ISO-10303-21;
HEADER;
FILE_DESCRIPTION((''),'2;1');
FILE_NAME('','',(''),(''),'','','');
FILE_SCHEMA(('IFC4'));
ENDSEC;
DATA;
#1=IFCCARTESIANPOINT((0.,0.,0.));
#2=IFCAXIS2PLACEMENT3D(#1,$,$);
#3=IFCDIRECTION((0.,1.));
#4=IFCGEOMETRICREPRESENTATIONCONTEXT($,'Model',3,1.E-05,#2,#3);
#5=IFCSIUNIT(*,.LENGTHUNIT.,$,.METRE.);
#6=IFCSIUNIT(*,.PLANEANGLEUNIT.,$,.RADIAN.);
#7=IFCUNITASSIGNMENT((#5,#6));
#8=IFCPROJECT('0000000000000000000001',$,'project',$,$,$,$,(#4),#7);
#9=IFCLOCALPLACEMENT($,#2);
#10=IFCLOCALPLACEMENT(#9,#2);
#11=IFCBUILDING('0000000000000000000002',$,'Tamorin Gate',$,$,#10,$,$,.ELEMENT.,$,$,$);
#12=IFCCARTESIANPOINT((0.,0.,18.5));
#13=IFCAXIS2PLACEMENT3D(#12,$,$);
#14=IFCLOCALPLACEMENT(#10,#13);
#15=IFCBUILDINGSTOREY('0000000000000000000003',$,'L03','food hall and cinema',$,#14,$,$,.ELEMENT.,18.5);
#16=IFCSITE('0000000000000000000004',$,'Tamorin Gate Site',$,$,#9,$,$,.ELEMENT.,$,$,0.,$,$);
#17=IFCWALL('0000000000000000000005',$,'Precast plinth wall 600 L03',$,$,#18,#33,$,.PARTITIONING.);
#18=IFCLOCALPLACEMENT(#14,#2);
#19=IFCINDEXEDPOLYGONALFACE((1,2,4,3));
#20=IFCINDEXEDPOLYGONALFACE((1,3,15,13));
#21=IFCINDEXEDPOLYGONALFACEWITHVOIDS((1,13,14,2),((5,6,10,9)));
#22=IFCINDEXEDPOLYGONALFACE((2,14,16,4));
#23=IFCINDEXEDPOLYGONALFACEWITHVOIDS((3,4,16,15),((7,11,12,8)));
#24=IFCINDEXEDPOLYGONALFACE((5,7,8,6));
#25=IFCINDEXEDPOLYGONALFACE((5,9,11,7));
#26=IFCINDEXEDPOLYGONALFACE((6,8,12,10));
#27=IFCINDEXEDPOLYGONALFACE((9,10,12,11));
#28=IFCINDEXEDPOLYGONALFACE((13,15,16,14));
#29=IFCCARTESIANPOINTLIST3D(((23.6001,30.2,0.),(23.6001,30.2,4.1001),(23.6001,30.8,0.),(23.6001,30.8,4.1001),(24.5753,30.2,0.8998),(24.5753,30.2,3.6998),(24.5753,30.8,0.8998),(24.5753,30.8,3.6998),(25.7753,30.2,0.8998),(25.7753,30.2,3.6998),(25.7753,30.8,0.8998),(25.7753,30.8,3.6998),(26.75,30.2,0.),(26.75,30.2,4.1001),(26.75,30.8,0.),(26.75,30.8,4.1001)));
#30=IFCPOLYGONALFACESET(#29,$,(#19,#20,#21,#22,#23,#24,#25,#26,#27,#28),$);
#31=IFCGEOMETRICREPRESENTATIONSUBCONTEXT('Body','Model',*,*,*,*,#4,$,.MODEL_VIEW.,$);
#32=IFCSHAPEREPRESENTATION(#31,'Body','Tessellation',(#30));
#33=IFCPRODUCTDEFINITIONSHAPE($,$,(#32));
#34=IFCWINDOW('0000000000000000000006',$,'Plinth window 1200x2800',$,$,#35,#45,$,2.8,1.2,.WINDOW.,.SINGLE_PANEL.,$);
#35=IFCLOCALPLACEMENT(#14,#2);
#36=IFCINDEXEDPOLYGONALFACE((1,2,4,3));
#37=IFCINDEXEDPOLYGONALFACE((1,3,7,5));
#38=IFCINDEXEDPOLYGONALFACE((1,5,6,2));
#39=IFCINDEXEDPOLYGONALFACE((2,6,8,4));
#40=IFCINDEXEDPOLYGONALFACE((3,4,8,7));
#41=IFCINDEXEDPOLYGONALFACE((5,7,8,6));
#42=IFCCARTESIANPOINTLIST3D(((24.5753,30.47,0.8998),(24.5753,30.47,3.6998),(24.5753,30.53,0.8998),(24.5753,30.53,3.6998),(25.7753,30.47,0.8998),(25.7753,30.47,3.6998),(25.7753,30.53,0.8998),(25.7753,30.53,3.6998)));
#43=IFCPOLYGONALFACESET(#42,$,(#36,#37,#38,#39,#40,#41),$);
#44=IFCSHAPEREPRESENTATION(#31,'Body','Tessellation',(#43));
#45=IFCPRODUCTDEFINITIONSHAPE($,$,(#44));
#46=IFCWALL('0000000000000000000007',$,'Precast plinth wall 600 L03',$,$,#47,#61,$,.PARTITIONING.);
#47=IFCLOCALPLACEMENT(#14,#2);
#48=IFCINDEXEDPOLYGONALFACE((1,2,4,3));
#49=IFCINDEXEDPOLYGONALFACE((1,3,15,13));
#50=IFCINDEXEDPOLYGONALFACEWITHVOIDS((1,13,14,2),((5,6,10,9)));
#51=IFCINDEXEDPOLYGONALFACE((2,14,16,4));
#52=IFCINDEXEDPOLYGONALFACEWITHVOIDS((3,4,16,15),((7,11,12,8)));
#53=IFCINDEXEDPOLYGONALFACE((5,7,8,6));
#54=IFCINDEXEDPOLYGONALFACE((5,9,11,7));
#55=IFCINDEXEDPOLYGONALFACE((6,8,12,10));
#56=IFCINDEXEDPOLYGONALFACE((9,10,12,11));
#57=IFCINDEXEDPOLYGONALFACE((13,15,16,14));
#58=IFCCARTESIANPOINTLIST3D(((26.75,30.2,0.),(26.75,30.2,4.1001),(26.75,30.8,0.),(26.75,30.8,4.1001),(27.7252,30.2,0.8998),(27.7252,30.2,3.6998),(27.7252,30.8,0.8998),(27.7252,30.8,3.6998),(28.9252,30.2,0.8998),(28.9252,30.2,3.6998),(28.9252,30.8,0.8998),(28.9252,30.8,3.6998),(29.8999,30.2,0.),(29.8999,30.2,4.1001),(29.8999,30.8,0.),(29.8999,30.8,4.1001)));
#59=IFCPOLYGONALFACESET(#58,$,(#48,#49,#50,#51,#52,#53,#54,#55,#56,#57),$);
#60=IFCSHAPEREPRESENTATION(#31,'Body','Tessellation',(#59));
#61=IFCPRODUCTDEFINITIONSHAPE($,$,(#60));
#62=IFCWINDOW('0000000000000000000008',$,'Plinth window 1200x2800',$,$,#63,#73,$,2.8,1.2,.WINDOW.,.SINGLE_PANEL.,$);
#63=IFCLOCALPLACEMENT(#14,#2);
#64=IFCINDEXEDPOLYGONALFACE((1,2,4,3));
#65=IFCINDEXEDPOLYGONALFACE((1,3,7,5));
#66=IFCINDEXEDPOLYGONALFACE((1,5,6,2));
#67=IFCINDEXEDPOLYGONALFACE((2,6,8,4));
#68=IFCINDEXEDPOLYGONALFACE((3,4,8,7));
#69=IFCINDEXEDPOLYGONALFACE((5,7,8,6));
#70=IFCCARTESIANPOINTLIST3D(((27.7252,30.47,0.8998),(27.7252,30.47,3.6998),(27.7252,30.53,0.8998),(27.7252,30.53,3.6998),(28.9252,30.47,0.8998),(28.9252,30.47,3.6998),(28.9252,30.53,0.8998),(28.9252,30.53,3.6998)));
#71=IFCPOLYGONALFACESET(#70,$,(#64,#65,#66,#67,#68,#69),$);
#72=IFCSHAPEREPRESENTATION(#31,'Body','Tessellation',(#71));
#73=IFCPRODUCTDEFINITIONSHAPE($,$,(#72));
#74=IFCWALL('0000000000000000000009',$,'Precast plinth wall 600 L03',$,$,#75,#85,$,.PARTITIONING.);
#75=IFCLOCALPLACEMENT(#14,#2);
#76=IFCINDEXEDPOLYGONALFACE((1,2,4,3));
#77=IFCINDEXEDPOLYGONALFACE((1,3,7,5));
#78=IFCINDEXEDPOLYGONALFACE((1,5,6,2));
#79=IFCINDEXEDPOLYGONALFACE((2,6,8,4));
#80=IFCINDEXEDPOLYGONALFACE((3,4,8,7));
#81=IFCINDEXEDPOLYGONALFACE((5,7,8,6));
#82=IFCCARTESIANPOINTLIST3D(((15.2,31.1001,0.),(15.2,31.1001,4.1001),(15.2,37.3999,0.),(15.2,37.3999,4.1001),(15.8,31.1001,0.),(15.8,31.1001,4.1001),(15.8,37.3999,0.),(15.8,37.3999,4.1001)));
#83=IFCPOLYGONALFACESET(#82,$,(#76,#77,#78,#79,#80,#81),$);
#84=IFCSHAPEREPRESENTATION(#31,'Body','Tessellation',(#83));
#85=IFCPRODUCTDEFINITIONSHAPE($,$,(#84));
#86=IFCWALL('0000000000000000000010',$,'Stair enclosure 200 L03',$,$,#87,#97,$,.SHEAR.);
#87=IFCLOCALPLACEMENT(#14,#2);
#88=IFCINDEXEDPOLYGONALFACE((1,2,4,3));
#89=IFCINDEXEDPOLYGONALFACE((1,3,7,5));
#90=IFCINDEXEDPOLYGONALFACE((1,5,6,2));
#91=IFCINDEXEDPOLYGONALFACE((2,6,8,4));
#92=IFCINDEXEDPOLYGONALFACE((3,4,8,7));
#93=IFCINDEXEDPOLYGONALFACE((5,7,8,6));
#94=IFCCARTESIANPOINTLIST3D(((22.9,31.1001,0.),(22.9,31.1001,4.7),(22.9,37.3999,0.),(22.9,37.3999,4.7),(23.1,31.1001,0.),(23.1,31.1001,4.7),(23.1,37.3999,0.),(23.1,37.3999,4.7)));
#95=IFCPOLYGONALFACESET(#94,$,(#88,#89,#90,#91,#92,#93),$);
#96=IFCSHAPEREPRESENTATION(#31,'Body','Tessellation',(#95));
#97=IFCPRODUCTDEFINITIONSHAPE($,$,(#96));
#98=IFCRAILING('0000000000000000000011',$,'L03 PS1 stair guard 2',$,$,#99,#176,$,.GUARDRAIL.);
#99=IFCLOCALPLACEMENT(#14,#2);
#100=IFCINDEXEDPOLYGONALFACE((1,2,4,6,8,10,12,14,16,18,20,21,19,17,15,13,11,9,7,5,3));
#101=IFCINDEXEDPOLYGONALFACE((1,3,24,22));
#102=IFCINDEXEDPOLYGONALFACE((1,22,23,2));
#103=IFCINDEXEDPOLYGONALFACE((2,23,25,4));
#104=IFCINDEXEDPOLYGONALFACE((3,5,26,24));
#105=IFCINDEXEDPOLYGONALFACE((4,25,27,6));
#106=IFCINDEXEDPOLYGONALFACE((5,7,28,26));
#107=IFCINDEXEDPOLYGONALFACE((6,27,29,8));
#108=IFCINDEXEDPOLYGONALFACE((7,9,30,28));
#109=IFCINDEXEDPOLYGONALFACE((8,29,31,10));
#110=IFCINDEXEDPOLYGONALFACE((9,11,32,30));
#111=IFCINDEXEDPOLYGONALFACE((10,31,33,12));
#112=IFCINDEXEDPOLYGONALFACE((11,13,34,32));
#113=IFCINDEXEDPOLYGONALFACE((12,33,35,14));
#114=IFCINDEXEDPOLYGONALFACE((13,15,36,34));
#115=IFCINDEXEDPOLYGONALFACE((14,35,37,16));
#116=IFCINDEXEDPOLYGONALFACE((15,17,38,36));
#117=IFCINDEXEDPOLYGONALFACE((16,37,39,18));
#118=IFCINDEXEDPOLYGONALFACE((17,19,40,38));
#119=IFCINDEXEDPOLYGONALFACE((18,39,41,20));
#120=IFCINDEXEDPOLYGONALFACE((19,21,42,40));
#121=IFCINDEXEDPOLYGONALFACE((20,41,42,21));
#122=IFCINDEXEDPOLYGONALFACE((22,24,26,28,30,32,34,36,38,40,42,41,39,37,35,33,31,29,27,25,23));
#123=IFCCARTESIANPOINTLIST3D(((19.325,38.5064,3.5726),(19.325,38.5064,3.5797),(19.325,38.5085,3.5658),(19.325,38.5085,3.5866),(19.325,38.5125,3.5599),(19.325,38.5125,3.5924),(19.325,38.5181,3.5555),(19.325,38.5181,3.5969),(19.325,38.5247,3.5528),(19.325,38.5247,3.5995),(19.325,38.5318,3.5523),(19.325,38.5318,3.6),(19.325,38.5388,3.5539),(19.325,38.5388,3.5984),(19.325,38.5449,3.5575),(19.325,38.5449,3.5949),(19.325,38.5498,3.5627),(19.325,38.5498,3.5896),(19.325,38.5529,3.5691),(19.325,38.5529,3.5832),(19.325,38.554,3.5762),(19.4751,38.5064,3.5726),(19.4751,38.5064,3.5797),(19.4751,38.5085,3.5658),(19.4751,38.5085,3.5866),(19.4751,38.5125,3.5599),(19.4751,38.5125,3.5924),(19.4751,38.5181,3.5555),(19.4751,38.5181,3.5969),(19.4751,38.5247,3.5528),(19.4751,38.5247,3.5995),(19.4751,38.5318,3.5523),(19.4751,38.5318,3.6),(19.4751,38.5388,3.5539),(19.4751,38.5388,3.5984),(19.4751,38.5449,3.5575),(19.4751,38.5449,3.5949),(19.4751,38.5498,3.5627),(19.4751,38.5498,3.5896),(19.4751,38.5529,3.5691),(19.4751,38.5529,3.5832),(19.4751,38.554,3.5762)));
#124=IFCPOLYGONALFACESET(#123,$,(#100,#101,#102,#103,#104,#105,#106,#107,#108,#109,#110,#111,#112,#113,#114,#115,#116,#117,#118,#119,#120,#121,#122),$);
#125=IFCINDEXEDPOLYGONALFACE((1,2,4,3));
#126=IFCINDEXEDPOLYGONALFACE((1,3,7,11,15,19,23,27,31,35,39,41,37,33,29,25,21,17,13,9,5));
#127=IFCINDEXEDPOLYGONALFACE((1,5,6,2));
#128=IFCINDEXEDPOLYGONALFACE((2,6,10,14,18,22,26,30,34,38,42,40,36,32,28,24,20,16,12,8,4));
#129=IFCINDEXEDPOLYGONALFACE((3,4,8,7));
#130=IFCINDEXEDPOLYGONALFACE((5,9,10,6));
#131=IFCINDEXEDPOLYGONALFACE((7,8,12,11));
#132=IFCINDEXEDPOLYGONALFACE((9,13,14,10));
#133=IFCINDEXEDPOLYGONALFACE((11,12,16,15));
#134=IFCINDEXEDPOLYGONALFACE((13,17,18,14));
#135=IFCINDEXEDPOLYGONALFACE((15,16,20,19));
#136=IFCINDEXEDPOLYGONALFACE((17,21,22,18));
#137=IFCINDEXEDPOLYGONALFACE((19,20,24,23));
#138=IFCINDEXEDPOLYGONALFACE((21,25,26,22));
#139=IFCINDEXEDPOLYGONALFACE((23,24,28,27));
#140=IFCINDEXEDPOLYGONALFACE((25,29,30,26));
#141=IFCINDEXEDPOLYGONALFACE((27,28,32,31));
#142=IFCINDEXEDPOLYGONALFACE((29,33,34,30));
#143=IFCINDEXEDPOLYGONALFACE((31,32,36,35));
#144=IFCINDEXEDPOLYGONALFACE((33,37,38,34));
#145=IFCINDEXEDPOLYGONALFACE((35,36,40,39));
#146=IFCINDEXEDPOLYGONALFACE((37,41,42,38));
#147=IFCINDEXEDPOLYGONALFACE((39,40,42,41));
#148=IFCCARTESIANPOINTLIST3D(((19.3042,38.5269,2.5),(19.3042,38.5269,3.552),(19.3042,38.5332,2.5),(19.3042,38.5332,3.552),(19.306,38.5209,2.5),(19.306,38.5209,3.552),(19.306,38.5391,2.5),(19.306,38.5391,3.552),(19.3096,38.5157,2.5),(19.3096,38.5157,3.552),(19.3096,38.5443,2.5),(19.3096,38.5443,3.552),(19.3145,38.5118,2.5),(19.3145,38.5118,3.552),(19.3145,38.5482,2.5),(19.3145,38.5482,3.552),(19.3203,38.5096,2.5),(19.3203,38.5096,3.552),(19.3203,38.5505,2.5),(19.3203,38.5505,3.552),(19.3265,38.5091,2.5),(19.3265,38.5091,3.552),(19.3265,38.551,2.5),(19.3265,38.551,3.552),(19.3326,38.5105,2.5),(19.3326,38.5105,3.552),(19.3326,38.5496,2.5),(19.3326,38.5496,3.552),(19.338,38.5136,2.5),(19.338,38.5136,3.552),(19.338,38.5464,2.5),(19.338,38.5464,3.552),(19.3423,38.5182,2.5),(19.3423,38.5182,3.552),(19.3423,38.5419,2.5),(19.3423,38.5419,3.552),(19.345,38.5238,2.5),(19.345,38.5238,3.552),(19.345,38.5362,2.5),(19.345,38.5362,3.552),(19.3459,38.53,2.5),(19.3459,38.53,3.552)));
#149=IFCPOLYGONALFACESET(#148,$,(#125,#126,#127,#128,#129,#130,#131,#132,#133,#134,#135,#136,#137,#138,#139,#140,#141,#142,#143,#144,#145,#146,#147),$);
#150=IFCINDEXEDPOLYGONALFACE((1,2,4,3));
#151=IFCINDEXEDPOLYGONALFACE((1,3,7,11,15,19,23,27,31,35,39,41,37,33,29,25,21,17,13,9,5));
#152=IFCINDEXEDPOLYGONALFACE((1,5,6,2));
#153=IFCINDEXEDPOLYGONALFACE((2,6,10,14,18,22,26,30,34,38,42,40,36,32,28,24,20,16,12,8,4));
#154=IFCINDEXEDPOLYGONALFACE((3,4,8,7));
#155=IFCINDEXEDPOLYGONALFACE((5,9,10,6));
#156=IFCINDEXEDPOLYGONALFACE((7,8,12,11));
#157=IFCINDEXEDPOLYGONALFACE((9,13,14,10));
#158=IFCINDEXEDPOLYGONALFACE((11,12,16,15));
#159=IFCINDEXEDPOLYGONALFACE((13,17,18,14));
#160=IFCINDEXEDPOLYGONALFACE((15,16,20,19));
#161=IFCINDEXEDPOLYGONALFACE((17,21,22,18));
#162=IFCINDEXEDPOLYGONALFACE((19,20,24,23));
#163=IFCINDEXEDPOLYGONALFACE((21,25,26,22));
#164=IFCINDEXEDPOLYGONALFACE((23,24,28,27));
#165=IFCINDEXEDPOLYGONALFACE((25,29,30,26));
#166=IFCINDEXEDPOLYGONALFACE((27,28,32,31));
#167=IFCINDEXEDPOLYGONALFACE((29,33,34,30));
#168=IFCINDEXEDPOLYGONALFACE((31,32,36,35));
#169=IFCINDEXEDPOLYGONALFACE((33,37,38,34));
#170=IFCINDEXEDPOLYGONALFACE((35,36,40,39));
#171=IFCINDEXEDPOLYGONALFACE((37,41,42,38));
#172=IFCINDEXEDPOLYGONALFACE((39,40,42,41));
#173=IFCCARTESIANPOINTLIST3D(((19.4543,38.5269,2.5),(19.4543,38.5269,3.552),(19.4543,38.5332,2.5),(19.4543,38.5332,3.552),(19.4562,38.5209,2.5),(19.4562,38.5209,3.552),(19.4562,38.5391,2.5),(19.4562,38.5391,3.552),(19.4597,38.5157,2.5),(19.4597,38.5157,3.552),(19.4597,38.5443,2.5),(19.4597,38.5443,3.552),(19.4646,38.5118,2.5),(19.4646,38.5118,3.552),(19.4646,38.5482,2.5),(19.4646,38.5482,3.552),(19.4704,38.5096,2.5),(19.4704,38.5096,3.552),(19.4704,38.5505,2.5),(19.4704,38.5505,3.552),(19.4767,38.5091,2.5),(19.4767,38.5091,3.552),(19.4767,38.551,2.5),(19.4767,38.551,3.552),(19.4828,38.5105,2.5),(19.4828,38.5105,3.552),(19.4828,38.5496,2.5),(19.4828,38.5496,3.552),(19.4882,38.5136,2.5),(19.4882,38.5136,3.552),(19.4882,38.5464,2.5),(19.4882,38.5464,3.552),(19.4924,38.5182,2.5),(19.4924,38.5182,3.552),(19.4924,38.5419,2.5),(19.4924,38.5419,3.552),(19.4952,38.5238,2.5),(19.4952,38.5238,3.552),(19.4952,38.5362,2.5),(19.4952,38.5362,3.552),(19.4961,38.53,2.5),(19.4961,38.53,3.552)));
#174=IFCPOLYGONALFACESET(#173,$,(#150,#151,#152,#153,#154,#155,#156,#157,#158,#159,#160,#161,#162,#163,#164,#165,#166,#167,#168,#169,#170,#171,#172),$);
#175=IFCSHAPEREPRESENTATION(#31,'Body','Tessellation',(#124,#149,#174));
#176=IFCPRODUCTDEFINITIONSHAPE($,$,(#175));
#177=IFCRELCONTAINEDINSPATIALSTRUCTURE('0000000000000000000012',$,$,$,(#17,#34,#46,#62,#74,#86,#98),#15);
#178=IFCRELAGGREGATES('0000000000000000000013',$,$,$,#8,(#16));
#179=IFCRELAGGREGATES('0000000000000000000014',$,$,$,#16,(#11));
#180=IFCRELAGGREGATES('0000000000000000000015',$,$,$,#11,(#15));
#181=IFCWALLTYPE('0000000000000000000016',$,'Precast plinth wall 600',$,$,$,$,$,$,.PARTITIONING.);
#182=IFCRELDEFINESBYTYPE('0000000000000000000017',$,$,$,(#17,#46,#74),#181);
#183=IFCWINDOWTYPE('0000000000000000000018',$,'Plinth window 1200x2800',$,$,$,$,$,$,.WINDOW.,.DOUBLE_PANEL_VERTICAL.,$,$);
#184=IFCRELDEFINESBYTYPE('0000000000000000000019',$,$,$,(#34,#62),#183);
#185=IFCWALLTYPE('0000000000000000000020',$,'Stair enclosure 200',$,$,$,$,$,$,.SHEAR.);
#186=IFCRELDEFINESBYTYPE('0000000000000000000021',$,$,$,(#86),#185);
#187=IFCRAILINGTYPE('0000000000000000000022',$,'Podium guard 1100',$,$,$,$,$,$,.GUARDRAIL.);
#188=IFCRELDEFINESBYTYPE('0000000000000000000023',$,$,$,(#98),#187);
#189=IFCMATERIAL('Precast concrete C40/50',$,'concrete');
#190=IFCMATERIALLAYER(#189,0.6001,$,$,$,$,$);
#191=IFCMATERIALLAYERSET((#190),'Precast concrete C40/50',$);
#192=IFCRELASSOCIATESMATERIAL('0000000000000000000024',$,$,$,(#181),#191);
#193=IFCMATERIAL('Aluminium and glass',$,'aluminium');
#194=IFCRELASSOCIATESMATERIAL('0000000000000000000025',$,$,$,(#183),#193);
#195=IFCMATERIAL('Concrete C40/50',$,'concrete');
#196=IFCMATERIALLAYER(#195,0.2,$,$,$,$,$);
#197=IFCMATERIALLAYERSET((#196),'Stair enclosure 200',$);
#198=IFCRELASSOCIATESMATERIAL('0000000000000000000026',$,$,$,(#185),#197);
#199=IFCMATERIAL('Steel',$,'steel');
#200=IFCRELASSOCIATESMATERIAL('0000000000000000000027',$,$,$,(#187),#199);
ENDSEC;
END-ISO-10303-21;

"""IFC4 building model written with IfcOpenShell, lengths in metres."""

from ifc_helpers import new_model, si_unit, direction, frame, frame_2d, origin, origin_2d, place, context, subcontext, project, spatial, rectangle, circle, extrude, material, layer, layer_set, type_object, element, fill, save


model = new_model("IFC4")

# Units and contexts
model_context = context("Model", 3, precision=1e-05, world=origin(), true_north=direction((0.0, 1.0)))
body_context = subcontext(model_context, "Body", "Model", "MODEL_VIEW")
ifc_project = project(units=[si_unit("LENGTHUNIT", "METRE"), si_unit("PLANEANGLEUNIT", "RADIAN")], contexts=[model_context])

# Site, building, storey
site_placement = place(None, origin())
site = spatial("IfcSite", under=ifc_project, at=site_placement, Name="Tamorin Gate Site", CompositionType="ELEMENT", RefElevation=0.0)
building_placement = place(site_placement, origin())
building = spatial("IfcBuilding", under=site, at=building_placement, Name="Tamorin Gate", CompositionType="ELEMENT")
storey_placement = place(building_placement, frame((0.0, 0.0, 18.5)))
storey = spatial("IfcBuildingStorey", under=building, at=storey_placement, Name="L03", Description="food hall and cinema", CompositionType="ELEMENT", Elevation=18.5)

# Shared definitions
ifc_material_1 = material(Name="Concrete C40/50", Category="concrete")

# Shared definitions
ifc_material_2 = material(Name="Precast concrete C40/50", Category="concrete")
ifc_layer_1 = layer(ifc_material_2, 0.6001)
ifc_layer_set_1 = layer_set([ifc_layer_1], Name="Precast concrete C40/50")
wall_type_1 = type_object("IfcWallType", Name="Precast plinth wall 600", PredefinedType="PARTITIONING", material=ifc_layer_set_1)

# Walls, openings, windows
wall_1_placement = place(storey_placement, frame((23.6001, 30.5, 0.0), z_axis=(0.0, 0.0, 1.0), x_axis=(1.0, 0.0, 0.0)))
wall_1 = element("IfcWall", 1, at=wall_1_placement, inside=storey, type_object=wall_type_1, Name="Precast plinth wall 600 L03", PredefinedType="PARTITIONING", context=body_context, shape_type="SweptSolid", body=[
    extrude(rectangle(XDim=3.1499, YDim=0.6001, at=frame_2d((1.575, 0.0))), origin(), (0.0, 0.0, 1.0), 4.1001),
])
opening_1_placement = place(wall_1_placement, frame((0.9751, 0.0, 0.8999)))
opening_1 = element("IfcOpeningElement", 2, at=opening_1_placement, cuts=wall_1, PredefinedType="OPENING", context=body_context, shape_type="SweptSolid", body=[
    extrude(rectangle(XDim=1.2, YDim=2.8, at=frame_2d((0.6001, 1.3999))), frame((0.0, 0.3101, 0.0), z_axis=(0.0, -1.0, 0.0), x_axis=(1.0, 0.0, 0.0)), (0.0, 0.0, 1.0), 0.6201),
])
ifc_material_3 = material(Name="Aluminium and glass", Category="aluminium")
window_type = type_object("IfcWindowType", Name="Plinth window 1200x2800", PartitioningType="DOUBLE_PANEL_VERTICAL", PredefinedType="WINDOW", material=ifc_material_3)
window_1_placement = place(opening_1_placement, origin())
window_1 = element("IfcWindow", 3, at=window_1_placement, inside=storey, type_object=window_type, Name="Plinth window 1200x2800", OverallHeight=2.8, OverallWidth=1.2, PartitioningType="SINGLE_PANEL", PredefinedType="WINDOW", context=body_context, shape_type="SweptSolid", body=[
    extrude(rectangle(XDim=1.2, YDim=2.8, at=frame_2d((0.6001, 1.3999))), frame((0.0, 0.03, 0.0), z_axis=(0.0, -1.0, 0.0), x_axis=(1.0, 0.0, 0.0)), (0.0, 0.0, 1.0), 0.0601),
])
fill(opening_1, window_1)
wall_2_placement = place(storey_placement, frame((26.75, 30.5, 0.0), z_axis=(0.0, 0.0, 1.0), x_axis=(1.0, 0.0, 0.0)))
wall_2 = element("IfcWall", 4, at=wall_2_placement, inside=storey, type_object=wall_type_1, Name="Precast plinth wall 600 L03", PredefinedType="PARTITIONING", context=body_context, shape_type="SweptSolid", body=[
    extrude(rectangle(XDim=3.1499, YDim=0.6001, at=frame_2d((1.575, 0.0))), origin(), (0.0, 0.0, 1.0), 4.1001),
])
opening_2_placement = place(wall_2_placement, frame((0.9751, 0.0, 0.8999)))
opening_2 = element("IfcOpeningElement", 5, at=opening_2_placement, cuts=wall_2, PredefinedType="OPENING", context=body_context, shape_type="SweptSolid", body=[
    extrude(rectangle(XDim=1.2, YDim=2.8, at=frame_2d((0.6001, 1.3999))), frame((0.0, 0.3101, 0.0), z_axis=(0.0, -1.0, 0.0), x_axis=(1.0, 0.0, 0.0)), (0.0, 0.0, 1.0), 0.6201),
])
window_2_placement = place(opening_2_placement, origin())
window_2 = element("IfcWindow", 6, at=window_2_placement, inside=storey, type_object=window_type, Name="Plinth window 1200x2800", OverallHeight=2.8, OverallWidth=1.2, PartitioningType="SINGLE_PANEL", PredefinedType="WINDOW", context=body_context, shape_type="SweptSolid", body=[
    extrude(rectangle(XDim=1.2, YDim=2.8, at=frame_2d((0.6001, 1.3999))), frame((0.0, 0.03, 0.0), z_axis=(0.0, -1.0, 0.0), x_axis=(1.0, 0.0, 0.0)), (0.0, 0.0, 1.0), 0.0601),
])
fill(opening_2, window_2)

# Walls
wall_3_placement = place(storey_placement, frame((15.5, 31.1001, 0.0), z_axis=(0.0, 0.0, 1.0), x_axis=(0.0, 1.0, 0.0)))
element("IfcWall", 7, at=wall_3_placement, inside=storey, type_object=wall_type_1, Name="Precast plinth wall 600 L03", PredefinedType="PARTITIONING", context=body_context, shape_type="SweptSolid", body=[
    extrude(rectangle(XDim=6.2998, YDim=0.6001, at=frame_2d((3.1499, 0.0))), origin(), (0.0, 0.0, 1.0), 4.1001),
])
ifc_layer_2 = layer(ifc_material_1, 0.2)
ifc_layer_set_2 = layer_set([ifc_layer_2], Name="Stair enclosure 200")
wall_type_2 = type_object("IfcWallType", Name="Stair enclosure 200", PredefinedType="SHEAR", material=ifc_layer_set_2)
wall_4_placement = place(storey_placement, frame((23.0, 31.1001, 0.0), z_axis=(0.0, 0.0, 1.0), x_axis=(0.0, 1.0, 0.0)))
element("IfcWall", 8, at=wall_4_placement, inside=storey, type_object=wall_type_2, Name="Stair enclosure 200 L03", PredefinedType="SHEAR", context=body_context, shape_type="SweptSolid", body=[
    extrude(rectangle(XDim=6.2998, YDim=0.2, at=frame_2d((3.1499, 0.0))), origin(), (0.0, 0.0, 1.0), 4.7),
])

# Railing
ifc_material_4 = material(Name="Steel", Category="steel")
railing_type = type_object("IfcRailingType", Name="Podium guard 1100", PredefinedType="GUARDRAIL", material=ifc_material_4)
railing_1_placement = place(storey_placement, frame((19.325, 38.53, 2.5)))
element("IfcRailing", 9, at=railing_1_placement, inside=storey, type_object=railing_type, Name="L03 PS1 stair guard 2", PredefinedType="GUARDRAIL", context=body_context, shape_type="SweptSolid", body=[
    extrude(circle(Radius=0.0239, at=origin_2d()), frame((0.0, 0.0, 1.0762), z_axis=(1.0, 0.0, 0.0), x_axis=(0.0, 1.0, 0.0)), (0.0, 0.0, 1.0), 0.1501),
    extrude(circle(Radius=0.021, at=origin_2d()), origin(), (0.0, 0.0, 1.0), 1.052),
    extrude(circle(Radius=0.021, at=origin_2d()), frame((0.1501, 0.0, 0.0)), (0.0, 0.0, 1.0), 1.052),
])

save(model, "model.ifc")
